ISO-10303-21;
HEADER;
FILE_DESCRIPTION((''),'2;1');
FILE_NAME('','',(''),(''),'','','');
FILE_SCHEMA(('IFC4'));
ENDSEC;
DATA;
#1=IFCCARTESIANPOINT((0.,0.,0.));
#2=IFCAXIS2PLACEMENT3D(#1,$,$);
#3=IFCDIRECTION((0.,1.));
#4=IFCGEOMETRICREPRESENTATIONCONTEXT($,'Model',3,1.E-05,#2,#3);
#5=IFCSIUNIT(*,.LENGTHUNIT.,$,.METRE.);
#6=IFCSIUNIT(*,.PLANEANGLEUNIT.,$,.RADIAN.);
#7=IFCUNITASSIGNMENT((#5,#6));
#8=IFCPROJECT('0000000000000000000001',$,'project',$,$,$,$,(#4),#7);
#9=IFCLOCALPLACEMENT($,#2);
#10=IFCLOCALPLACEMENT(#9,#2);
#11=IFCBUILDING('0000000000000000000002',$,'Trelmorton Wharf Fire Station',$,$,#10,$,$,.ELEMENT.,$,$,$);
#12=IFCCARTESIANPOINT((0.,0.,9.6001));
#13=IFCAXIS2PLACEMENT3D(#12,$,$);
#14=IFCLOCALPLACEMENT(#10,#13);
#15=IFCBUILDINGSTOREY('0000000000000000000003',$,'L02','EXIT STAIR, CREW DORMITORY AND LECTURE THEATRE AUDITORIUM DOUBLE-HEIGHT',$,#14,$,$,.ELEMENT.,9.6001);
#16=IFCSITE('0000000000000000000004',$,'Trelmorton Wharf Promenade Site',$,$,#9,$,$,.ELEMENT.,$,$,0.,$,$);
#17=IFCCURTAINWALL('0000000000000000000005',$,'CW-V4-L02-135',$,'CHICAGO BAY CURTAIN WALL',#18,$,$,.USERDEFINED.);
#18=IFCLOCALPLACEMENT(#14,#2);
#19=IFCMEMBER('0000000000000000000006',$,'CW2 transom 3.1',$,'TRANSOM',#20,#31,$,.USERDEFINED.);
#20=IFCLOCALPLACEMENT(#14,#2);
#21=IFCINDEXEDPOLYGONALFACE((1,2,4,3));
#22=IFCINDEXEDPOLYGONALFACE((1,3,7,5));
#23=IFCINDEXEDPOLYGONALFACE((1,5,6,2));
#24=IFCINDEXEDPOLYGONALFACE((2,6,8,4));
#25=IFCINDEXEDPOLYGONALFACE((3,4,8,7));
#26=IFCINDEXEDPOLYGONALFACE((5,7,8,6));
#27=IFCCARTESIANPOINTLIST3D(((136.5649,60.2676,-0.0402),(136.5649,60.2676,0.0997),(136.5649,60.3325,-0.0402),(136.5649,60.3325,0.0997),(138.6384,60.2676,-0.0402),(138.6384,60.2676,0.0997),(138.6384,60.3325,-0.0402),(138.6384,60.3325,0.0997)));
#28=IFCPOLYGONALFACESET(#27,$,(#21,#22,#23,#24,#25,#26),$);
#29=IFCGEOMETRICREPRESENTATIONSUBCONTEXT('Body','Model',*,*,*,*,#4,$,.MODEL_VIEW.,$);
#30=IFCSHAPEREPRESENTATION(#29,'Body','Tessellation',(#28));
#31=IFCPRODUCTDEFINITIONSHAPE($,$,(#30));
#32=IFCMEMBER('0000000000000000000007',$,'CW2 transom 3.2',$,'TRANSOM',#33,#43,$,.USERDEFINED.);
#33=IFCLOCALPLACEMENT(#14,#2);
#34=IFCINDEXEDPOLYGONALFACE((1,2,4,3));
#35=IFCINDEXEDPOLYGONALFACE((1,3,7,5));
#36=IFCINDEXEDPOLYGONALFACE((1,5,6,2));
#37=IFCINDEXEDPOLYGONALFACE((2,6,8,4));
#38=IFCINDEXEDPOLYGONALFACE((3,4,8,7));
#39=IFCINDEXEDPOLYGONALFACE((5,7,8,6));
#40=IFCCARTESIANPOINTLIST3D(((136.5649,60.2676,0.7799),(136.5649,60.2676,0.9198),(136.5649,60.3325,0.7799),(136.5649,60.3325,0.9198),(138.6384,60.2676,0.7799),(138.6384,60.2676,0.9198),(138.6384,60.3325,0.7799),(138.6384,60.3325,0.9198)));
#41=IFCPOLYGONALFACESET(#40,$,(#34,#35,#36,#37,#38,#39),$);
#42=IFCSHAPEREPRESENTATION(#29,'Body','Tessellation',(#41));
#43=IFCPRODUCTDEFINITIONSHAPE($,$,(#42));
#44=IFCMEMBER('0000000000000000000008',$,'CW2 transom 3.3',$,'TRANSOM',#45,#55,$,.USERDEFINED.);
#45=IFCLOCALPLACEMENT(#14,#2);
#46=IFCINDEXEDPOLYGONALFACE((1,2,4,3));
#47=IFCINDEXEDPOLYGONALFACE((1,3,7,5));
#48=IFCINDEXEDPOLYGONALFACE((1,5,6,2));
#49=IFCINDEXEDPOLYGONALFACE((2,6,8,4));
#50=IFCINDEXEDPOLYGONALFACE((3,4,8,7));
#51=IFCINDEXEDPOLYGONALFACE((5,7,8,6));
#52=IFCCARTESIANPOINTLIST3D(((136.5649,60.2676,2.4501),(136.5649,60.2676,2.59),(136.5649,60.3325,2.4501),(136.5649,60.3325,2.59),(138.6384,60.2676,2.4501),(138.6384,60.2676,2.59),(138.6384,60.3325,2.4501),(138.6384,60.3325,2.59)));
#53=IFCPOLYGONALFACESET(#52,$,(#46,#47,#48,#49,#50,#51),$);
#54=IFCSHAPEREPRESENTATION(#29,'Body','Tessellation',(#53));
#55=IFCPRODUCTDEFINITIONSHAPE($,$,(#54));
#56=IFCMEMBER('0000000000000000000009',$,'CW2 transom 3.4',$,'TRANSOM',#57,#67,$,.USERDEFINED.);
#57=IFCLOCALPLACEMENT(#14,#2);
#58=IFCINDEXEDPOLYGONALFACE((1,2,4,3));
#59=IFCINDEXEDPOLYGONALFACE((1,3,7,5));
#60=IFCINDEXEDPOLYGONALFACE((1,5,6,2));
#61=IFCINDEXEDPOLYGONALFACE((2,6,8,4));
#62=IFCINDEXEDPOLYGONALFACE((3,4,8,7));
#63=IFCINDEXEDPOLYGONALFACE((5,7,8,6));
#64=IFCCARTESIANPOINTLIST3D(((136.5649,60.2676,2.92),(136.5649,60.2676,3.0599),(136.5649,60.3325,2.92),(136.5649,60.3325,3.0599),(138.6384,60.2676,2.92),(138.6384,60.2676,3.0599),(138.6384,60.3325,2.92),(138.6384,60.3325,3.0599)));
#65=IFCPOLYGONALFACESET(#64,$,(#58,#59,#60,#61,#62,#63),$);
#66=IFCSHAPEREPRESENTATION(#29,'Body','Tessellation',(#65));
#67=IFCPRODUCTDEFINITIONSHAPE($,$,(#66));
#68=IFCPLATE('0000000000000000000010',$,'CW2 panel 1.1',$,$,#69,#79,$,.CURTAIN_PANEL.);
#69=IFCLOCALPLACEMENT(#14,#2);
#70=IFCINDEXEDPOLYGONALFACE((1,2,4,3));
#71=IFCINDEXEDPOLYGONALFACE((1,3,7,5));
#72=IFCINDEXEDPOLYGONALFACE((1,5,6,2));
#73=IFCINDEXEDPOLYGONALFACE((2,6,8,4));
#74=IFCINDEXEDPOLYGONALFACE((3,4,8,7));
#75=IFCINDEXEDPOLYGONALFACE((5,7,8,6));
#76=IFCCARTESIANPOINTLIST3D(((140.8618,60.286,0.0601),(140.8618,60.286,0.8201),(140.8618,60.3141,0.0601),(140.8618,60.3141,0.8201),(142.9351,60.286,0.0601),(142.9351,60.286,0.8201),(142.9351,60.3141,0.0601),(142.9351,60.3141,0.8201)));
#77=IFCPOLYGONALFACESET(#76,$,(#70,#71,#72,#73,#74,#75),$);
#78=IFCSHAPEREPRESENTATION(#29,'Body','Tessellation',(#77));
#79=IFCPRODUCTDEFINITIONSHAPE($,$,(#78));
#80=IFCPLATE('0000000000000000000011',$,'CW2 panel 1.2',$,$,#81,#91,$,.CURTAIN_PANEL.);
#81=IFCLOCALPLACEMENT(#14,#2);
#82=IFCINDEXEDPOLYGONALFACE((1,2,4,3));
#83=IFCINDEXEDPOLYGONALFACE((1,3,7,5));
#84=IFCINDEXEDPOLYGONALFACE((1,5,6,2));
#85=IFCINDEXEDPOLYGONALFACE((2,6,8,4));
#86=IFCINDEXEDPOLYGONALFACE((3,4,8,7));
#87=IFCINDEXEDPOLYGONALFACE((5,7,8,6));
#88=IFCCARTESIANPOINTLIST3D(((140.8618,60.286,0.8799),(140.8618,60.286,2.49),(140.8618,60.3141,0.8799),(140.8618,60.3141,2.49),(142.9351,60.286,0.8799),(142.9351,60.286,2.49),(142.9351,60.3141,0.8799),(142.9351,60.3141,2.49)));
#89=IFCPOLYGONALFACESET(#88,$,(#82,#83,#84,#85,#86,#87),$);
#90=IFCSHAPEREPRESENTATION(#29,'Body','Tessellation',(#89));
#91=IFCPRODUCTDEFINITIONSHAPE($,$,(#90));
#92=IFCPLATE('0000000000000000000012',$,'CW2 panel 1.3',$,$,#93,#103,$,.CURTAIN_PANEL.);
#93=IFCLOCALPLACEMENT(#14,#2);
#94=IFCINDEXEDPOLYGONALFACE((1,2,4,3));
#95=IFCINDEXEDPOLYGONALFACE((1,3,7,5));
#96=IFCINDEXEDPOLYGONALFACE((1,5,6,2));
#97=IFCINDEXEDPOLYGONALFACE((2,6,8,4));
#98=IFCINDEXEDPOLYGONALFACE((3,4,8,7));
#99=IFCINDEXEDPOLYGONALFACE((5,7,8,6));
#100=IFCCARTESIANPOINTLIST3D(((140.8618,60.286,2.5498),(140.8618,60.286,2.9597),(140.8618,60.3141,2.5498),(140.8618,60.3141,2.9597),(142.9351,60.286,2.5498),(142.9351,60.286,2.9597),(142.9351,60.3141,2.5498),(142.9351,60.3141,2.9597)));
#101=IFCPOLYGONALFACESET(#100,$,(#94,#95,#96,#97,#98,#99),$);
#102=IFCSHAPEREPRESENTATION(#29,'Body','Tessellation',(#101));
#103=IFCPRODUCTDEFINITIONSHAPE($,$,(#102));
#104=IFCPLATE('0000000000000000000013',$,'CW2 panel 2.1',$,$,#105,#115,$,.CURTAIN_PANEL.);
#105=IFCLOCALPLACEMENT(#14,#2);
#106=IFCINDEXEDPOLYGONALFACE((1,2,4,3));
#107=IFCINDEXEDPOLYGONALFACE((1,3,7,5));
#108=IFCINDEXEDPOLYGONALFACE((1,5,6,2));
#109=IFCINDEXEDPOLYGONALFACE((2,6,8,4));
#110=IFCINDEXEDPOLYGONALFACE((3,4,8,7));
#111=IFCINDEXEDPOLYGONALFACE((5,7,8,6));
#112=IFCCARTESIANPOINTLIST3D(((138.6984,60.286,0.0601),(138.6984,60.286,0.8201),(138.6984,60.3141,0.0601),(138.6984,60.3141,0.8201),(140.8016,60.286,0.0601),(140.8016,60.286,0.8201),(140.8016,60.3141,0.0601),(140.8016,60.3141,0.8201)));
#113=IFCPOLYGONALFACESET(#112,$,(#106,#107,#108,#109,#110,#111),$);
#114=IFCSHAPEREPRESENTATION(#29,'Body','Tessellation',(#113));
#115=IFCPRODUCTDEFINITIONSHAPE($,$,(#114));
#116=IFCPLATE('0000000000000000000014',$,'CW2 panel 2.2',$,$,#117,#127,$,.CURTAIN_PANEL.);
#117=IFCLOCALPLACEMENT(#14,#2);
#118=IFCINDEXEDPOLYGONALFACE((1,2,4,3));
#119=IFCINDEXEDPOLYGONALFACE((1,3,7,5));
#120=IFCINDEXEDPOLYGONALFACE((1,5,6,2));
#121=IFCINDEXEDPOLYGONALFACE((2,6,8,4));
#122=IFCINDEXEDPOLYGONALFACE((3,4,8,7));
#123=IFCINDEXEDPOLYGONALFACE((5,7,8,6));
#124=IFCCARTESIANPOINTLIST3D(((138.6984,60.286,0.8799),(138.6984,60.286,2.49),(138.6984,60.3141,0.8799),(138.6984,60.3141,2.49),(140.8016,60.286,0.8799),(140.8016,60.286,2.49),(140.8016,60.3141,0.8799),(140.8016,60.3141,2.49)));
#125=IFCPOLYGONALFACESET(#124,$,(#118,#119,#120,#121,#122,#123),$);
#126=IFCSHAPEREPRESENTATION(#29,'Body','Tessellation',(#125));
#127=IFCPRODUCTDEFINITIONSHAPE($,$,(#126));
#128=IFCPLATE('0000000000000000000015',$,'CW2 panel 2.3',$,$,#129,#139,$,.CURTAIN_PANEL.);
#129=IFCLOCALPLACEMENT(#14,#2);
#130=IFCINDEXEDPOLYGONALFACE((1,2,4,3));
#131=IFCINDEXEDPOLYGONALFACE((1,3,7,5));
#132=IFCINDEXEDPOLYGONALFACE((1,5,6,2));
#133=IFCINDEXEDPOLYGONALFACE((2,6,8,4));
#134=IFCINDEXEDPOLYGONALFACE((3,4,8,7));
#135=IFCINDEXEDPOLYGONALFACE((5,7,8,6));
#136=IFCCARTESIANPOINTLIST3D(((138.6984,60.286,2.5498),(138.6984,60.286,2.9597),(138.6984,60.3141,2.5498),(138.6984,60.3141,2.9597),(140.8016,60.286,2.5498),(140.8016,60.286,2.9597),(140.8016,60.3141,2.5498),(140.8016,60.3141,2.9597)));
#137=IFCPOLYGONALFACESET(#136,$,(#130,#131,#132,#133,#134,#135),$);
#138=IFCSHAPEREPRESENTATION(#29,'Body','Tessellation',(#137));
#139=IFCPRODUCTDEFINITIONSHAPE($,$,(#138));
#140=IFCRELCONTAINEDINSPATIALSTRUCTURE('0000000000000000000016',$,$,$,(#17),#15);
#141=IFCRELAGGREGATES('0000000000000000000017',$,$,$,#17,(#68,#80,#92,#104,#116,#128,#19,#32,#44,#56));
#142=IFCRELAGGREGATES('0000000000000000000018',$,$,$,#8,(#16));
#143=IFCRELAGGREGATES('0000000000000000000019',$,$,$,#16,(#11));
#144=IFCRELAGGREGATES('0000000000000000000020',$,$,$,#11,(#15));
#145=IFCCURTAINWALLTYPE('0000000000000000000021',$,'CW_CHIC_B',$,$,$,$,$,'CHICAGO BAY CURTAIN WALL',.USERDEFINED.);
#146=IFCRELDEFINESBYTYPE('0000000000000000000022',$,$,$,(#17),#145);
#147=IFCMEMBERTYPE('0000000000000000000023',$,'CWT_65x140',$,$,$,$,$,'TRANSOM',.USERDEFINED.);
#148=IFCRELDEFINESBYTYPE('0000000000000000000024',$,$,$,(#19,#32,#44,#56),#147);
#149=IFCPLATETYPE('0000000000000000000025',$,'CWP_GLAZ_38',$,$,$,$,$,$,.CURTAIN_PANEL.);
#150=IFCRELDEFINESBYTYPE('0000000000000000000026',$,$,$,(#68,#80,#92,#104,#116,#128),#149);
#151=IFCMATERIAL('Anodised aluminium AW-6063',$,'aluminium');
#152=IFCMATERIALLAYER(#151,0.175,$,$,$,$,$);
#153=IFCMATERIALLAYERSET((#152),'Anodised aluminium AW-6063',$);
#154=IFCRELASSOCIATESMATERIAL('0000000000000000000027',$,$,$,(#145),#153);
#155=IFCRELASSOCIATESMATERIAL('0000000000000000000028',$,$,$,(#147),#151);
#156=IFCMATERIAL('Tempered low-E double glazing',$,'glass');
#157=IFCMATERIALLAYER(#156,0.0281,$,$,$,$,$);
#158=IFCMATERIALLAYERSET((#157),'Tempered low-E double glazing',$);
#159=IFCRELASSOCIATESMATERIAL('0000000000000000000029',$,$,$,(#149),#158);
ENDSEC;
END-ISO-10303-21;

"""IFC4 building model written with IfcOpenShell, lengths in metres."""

from ifc_helpers import new_model, si_unit, direction, frame, origin, origin_2d, place, context, subcontext, project, spatial, rectangle, extrude, material, layer, layer_set, material_profile, profile_set, type_object, element, aggregate, save


model = new_model("IFC4")

# Units and contexts
model_context = context("Model", 3, precision=1e-05, world=origin(), true_north=direction((0.0, 1.0)))
body_context = subcontext(model_context, "Body", "Model", "MODEL_VIEW")
ifc_project = project(units=[si_unit("LENGTHUNIT", "METRE"), si_unit("PLANEANGLEUNIT", "RADIAN")], contexts=[model_context])

# Site, building, storey
site_placement = place(None, origin())
site = spatial("IfcSite", under=ifc_project, at=site_placement, Name="Trelmorton Wharf Promenade Site", CompositionType="ELEMENT", RefElevation=0.0)
building_placement = place(site_placement, origin())
building = spatial("IfcBuilding", under=site, at=building_placement, Name="Trelmorton Wharf Fire Station", CompositionType="ELEMENT")
storey_placement = place(building_placement, frame((0.0, 0.0, 9.6001)))
storey = spatial("IfcBuildingStorey", under=building, at=storey_placement, Name="L02", Description="EXIT STAIR, CREW DORMITORY AND LECTURE THEATRE AUDITORIUM DOUBLE-HEIGHT", CompositionType="ELEMENT", Elevation=9.6001)

# Curtain wall, members, plates
ifc_material_1 = material(Name="Anodised aluminium AW-6063", Category="aluminium")
ifc_layer_1 = layer(ifc_material_1, 0.175)
ifc_layer_set_1 = layer_set([ifc_layer_1], Name="Anodised aluminium AW-6063")
curtain_wall_type = type_object("IfcCurtainWallType", Name="CW_CHIC_B", ElementType="CHICAGO BAY CURTAIN WALL", PredefinedType="USERDEFINED", material=ifc_layer_set_1)
curtain_wall_placement = place(storey_placement, origin())
curtain_wall = element("IfcCurtainWall", 1, at=curtain_wall_placement, inside=storey, type_object=curtain_wall_type, Name="CW-V4-L02-135", ObjectType="CHICAGO BAY CURTAIN WALL", PredefinedType="USERDEFINED")
ifc_material_profile_1 = material_profile(ifc_material_1, rectangle(XDim=0.0649, YDim=0.1399, at=origin_2d()), Name="ALU-65x140")
ifc_profile_set_1 = profile_set([ifc_material_profile_1], Name="Anodised aluminium AW-6063")
member_type_1 = type_object("IfcMemberType", Name="CWT_65x140", ElementType="TRANSOM", PredefinedType="USERDEFINED", material=ifc_profile_set_1)
member_1_placement = place(storey_placement, frame((138.6384, 60.3, 0.0298), z_axis=(-1.0, 0.0, 0.0), x_axis=(0.0, -1.0, 0.0)))
member_1 = element("IfcMember", 2, at=member_1_placement, type_object=member_type_1, Name="CW2 transom 3.1", ObjectType="TRANSOM", PredefinedType="USERDEFINED", context=body_context, shape_type="SweptSolid", body=[
    extrude(rectangle(XDim=0.0649, YDim=0.1399, at=origin_2d()), origin(), (0.0, 0.0, 1.0), 2.0735),
])
member_2_placement = place(storey_placement, frame((138.6384, 60.3, 0.8499), z_axis=(-1.0, 0.0, 0.0), x_axis=(0.0, -1.0, 0.0)))
member_2 = element("IfcMember", 3, at=member_2_placement, type_object=member_type_1, Name="CW2 transom 3.2", ObjectType="TRANSOM", PredefinedType="USERDEFINED", context=body_context, shape_type="SweptSolid", body=[
    extrude(rectangle(XDim=0.0649, YDim=0.1399, at=origin_2d()), origin(), (0.0, 0.0, 1.0), 2.0735),
])
member_3_placement = place(storey_placement, frame((138.6384, 60.3, 2.52), z_axis=(-1.0, 0.0, 0.0), x_axis=(0.0, -1.0, 0.0)))
member_3 = element("IfcMember", 4, at=member_3_placement, type_object=member_type_1, Name="CW2 transom 3.3", ObjectType="TRANSOM", PredefinedType="USERDEFINED", context=body_context, shape_type="SweptSolid", body=[
    extrude(rectangle(XDim=0.0649, YDim=0.1399, at=origin_2d()), origin(), (0.0, 0.0, 1.0), 2.0735),
])
member_4_placement = place(storey_placement, frame((138.6384, 60.3, 2.99), z_axis=(-1.0, 0.0, 0.0), x_axis=(0.0, -1.0, 0.0)))
member_4 = element("IfcMember", 5, at=member_4_placement, type_object=member_type_1, Name="CW2 transom 3.4", ObjectType="TRANSOM", PredefinedType="USERDEFINED", context=body_context, shape_type="SweptSolid", body=[
    extrude(rectangle(XDim=0.0649, YDim=0.1399, at=origin_2d()), origin(), (0.0, 0.0, 1.0), 2.0735),
])
ifc_material_2 = material(Name="Tempered low-E double glazing", Category="glass")
ifc_layer_2 = layer(ifc_material_2, 0.0281)
ifc_layer_set_2 = layer_set([ifc_layer_2], Name="Tempered low-E double glazing")
plate_type = type_object("IfcPlateType", Name="CWP_GLAZ_38", PredefinedType="CURTAIN_PANEL", material=ifc_layer_set_2)
plate_1_placement = place(storey_placement, frame((141.8984, 60.3, 0.0601), z_axis=(0.0, 0.0, 1.0), x_axis=(-1.0, 0.0, 0.0)))
plate_1 = element("IfcPlate", 6, at=plate_1_placement, type_object=plate_type, Name="CW2 panel 1.1", PredefinedType="CURTAIN_PANEL", context=body_context, shape_type="SweptSolid", body=[
    extrude(rectangle(XDim=2.0732, YDim=0.0281, at=origin_2d()), origin(), (0.0, 0.0, 1.0), 0.76),
])
plate_2_placement = place(storey_placement, frame((141.8984, 60.3, 0.8799), z_axis=(0.0, 0.0, 1.0), x_axis=(-1.0, 0.0, 0.0)))
plate_2 = element("IfcPlate", 7, at=plate_2_placement, type_object=plate_type, Name="CW2 panel 1.2", PredefinedType="CURTAIN_PANEL", context=body_context, shape_type="SweptSolid", body=[
    extrude(rectangle(XDim=2.0732, YDim=0.0281, at=origin_2d()), origin(), (0.0, 0.0, 1.0), 1.6101),
])
plate_3_placement = place(storey_placement, frame((141.8984, 60.3, 2.5498), z_axis=(0.0, 0.0, 1.0), x_axis=(-1.0, 0.0, 0.0)))
plate_3 = element("IfcPlate", 8, at=plate_3_placement, type_object=plate_type, Name="CW2 panel 1.3", PredefinedType="CURTAIN_PANEL", context=body_context, shape_type="SweptSolid", body=[
    extrude(rectangle(XDim=2.0732, YDim=0.0281, at=origin_2d()), origin(), (0.0, 0.0, 1.0), 0.4099),
])
plate_4_placement = place(storey_placement, frame((139.75, 60.3, 0.0601), z_axis=(0.0, 0.0, 1.0), x_axis=(-1.0, 0.0, 0.0)))
plate_4 = element("IfcPlate", 9, at=plate_4_placement, type_object=plate_type, Name="CW2 panel 2.1", PredefinedType="CURTAIN_PANEL", context=body_context, shape_type="SweptSolid", body=[
    extrude(rectangle(XDim=2.1033, YDim=0.0281, at=origin_2d()), origin(), (0.0, 0.0, 1.0), 0.76),
])
plate_5_placement = place(storey_placement, frame((139.75, 60.3, 0.8799), z_axis=(0.0, 0.0, 1.0), x_axis=(-1.0, 0.0, 0.0)))
plate_5 = element("IfcPlate", 10, at=plate_5_placement, type_object=plate_type, Name="CW2 panel 2.2", PredefinedType="CURTAIN_PANEL", context=body_context, shape_type="SweptSolid", body=[
    extrude(rectangle(XDim=2.1033, YDim=0.0281, at=origin_2d()), origin(), (0.0, 0.0, 1.0), 1.6101),
])
plate_6_placement = place(storey_placement, frame((139.75, 60.3, 2.5498), z_axis=(0.0, 0.0, 1.0), x_axis=(-1.0, 0.0, 0.0)))
plate_6 = element("IfcPlate", 11, at=plate_6_placement, type_object=plate_type, Name="CW2 panel 2.3", PredefinedType="CURTAIN_PANEL", context=body_context, shape_type="SweptSolid", body=[
    extrude(rectangle(XDim=2.1033, YDim=0.0281, at=origin_2d()), origin(), (0.0, 0.0, 1.0), 0.4099),
])
aggregate(curtain_wall, [plate_1, plate_2, plate_3, plate_4, plate_5, plate_6, member_1, member_2, member_3, member_4])

save(model, "model.ifc")
